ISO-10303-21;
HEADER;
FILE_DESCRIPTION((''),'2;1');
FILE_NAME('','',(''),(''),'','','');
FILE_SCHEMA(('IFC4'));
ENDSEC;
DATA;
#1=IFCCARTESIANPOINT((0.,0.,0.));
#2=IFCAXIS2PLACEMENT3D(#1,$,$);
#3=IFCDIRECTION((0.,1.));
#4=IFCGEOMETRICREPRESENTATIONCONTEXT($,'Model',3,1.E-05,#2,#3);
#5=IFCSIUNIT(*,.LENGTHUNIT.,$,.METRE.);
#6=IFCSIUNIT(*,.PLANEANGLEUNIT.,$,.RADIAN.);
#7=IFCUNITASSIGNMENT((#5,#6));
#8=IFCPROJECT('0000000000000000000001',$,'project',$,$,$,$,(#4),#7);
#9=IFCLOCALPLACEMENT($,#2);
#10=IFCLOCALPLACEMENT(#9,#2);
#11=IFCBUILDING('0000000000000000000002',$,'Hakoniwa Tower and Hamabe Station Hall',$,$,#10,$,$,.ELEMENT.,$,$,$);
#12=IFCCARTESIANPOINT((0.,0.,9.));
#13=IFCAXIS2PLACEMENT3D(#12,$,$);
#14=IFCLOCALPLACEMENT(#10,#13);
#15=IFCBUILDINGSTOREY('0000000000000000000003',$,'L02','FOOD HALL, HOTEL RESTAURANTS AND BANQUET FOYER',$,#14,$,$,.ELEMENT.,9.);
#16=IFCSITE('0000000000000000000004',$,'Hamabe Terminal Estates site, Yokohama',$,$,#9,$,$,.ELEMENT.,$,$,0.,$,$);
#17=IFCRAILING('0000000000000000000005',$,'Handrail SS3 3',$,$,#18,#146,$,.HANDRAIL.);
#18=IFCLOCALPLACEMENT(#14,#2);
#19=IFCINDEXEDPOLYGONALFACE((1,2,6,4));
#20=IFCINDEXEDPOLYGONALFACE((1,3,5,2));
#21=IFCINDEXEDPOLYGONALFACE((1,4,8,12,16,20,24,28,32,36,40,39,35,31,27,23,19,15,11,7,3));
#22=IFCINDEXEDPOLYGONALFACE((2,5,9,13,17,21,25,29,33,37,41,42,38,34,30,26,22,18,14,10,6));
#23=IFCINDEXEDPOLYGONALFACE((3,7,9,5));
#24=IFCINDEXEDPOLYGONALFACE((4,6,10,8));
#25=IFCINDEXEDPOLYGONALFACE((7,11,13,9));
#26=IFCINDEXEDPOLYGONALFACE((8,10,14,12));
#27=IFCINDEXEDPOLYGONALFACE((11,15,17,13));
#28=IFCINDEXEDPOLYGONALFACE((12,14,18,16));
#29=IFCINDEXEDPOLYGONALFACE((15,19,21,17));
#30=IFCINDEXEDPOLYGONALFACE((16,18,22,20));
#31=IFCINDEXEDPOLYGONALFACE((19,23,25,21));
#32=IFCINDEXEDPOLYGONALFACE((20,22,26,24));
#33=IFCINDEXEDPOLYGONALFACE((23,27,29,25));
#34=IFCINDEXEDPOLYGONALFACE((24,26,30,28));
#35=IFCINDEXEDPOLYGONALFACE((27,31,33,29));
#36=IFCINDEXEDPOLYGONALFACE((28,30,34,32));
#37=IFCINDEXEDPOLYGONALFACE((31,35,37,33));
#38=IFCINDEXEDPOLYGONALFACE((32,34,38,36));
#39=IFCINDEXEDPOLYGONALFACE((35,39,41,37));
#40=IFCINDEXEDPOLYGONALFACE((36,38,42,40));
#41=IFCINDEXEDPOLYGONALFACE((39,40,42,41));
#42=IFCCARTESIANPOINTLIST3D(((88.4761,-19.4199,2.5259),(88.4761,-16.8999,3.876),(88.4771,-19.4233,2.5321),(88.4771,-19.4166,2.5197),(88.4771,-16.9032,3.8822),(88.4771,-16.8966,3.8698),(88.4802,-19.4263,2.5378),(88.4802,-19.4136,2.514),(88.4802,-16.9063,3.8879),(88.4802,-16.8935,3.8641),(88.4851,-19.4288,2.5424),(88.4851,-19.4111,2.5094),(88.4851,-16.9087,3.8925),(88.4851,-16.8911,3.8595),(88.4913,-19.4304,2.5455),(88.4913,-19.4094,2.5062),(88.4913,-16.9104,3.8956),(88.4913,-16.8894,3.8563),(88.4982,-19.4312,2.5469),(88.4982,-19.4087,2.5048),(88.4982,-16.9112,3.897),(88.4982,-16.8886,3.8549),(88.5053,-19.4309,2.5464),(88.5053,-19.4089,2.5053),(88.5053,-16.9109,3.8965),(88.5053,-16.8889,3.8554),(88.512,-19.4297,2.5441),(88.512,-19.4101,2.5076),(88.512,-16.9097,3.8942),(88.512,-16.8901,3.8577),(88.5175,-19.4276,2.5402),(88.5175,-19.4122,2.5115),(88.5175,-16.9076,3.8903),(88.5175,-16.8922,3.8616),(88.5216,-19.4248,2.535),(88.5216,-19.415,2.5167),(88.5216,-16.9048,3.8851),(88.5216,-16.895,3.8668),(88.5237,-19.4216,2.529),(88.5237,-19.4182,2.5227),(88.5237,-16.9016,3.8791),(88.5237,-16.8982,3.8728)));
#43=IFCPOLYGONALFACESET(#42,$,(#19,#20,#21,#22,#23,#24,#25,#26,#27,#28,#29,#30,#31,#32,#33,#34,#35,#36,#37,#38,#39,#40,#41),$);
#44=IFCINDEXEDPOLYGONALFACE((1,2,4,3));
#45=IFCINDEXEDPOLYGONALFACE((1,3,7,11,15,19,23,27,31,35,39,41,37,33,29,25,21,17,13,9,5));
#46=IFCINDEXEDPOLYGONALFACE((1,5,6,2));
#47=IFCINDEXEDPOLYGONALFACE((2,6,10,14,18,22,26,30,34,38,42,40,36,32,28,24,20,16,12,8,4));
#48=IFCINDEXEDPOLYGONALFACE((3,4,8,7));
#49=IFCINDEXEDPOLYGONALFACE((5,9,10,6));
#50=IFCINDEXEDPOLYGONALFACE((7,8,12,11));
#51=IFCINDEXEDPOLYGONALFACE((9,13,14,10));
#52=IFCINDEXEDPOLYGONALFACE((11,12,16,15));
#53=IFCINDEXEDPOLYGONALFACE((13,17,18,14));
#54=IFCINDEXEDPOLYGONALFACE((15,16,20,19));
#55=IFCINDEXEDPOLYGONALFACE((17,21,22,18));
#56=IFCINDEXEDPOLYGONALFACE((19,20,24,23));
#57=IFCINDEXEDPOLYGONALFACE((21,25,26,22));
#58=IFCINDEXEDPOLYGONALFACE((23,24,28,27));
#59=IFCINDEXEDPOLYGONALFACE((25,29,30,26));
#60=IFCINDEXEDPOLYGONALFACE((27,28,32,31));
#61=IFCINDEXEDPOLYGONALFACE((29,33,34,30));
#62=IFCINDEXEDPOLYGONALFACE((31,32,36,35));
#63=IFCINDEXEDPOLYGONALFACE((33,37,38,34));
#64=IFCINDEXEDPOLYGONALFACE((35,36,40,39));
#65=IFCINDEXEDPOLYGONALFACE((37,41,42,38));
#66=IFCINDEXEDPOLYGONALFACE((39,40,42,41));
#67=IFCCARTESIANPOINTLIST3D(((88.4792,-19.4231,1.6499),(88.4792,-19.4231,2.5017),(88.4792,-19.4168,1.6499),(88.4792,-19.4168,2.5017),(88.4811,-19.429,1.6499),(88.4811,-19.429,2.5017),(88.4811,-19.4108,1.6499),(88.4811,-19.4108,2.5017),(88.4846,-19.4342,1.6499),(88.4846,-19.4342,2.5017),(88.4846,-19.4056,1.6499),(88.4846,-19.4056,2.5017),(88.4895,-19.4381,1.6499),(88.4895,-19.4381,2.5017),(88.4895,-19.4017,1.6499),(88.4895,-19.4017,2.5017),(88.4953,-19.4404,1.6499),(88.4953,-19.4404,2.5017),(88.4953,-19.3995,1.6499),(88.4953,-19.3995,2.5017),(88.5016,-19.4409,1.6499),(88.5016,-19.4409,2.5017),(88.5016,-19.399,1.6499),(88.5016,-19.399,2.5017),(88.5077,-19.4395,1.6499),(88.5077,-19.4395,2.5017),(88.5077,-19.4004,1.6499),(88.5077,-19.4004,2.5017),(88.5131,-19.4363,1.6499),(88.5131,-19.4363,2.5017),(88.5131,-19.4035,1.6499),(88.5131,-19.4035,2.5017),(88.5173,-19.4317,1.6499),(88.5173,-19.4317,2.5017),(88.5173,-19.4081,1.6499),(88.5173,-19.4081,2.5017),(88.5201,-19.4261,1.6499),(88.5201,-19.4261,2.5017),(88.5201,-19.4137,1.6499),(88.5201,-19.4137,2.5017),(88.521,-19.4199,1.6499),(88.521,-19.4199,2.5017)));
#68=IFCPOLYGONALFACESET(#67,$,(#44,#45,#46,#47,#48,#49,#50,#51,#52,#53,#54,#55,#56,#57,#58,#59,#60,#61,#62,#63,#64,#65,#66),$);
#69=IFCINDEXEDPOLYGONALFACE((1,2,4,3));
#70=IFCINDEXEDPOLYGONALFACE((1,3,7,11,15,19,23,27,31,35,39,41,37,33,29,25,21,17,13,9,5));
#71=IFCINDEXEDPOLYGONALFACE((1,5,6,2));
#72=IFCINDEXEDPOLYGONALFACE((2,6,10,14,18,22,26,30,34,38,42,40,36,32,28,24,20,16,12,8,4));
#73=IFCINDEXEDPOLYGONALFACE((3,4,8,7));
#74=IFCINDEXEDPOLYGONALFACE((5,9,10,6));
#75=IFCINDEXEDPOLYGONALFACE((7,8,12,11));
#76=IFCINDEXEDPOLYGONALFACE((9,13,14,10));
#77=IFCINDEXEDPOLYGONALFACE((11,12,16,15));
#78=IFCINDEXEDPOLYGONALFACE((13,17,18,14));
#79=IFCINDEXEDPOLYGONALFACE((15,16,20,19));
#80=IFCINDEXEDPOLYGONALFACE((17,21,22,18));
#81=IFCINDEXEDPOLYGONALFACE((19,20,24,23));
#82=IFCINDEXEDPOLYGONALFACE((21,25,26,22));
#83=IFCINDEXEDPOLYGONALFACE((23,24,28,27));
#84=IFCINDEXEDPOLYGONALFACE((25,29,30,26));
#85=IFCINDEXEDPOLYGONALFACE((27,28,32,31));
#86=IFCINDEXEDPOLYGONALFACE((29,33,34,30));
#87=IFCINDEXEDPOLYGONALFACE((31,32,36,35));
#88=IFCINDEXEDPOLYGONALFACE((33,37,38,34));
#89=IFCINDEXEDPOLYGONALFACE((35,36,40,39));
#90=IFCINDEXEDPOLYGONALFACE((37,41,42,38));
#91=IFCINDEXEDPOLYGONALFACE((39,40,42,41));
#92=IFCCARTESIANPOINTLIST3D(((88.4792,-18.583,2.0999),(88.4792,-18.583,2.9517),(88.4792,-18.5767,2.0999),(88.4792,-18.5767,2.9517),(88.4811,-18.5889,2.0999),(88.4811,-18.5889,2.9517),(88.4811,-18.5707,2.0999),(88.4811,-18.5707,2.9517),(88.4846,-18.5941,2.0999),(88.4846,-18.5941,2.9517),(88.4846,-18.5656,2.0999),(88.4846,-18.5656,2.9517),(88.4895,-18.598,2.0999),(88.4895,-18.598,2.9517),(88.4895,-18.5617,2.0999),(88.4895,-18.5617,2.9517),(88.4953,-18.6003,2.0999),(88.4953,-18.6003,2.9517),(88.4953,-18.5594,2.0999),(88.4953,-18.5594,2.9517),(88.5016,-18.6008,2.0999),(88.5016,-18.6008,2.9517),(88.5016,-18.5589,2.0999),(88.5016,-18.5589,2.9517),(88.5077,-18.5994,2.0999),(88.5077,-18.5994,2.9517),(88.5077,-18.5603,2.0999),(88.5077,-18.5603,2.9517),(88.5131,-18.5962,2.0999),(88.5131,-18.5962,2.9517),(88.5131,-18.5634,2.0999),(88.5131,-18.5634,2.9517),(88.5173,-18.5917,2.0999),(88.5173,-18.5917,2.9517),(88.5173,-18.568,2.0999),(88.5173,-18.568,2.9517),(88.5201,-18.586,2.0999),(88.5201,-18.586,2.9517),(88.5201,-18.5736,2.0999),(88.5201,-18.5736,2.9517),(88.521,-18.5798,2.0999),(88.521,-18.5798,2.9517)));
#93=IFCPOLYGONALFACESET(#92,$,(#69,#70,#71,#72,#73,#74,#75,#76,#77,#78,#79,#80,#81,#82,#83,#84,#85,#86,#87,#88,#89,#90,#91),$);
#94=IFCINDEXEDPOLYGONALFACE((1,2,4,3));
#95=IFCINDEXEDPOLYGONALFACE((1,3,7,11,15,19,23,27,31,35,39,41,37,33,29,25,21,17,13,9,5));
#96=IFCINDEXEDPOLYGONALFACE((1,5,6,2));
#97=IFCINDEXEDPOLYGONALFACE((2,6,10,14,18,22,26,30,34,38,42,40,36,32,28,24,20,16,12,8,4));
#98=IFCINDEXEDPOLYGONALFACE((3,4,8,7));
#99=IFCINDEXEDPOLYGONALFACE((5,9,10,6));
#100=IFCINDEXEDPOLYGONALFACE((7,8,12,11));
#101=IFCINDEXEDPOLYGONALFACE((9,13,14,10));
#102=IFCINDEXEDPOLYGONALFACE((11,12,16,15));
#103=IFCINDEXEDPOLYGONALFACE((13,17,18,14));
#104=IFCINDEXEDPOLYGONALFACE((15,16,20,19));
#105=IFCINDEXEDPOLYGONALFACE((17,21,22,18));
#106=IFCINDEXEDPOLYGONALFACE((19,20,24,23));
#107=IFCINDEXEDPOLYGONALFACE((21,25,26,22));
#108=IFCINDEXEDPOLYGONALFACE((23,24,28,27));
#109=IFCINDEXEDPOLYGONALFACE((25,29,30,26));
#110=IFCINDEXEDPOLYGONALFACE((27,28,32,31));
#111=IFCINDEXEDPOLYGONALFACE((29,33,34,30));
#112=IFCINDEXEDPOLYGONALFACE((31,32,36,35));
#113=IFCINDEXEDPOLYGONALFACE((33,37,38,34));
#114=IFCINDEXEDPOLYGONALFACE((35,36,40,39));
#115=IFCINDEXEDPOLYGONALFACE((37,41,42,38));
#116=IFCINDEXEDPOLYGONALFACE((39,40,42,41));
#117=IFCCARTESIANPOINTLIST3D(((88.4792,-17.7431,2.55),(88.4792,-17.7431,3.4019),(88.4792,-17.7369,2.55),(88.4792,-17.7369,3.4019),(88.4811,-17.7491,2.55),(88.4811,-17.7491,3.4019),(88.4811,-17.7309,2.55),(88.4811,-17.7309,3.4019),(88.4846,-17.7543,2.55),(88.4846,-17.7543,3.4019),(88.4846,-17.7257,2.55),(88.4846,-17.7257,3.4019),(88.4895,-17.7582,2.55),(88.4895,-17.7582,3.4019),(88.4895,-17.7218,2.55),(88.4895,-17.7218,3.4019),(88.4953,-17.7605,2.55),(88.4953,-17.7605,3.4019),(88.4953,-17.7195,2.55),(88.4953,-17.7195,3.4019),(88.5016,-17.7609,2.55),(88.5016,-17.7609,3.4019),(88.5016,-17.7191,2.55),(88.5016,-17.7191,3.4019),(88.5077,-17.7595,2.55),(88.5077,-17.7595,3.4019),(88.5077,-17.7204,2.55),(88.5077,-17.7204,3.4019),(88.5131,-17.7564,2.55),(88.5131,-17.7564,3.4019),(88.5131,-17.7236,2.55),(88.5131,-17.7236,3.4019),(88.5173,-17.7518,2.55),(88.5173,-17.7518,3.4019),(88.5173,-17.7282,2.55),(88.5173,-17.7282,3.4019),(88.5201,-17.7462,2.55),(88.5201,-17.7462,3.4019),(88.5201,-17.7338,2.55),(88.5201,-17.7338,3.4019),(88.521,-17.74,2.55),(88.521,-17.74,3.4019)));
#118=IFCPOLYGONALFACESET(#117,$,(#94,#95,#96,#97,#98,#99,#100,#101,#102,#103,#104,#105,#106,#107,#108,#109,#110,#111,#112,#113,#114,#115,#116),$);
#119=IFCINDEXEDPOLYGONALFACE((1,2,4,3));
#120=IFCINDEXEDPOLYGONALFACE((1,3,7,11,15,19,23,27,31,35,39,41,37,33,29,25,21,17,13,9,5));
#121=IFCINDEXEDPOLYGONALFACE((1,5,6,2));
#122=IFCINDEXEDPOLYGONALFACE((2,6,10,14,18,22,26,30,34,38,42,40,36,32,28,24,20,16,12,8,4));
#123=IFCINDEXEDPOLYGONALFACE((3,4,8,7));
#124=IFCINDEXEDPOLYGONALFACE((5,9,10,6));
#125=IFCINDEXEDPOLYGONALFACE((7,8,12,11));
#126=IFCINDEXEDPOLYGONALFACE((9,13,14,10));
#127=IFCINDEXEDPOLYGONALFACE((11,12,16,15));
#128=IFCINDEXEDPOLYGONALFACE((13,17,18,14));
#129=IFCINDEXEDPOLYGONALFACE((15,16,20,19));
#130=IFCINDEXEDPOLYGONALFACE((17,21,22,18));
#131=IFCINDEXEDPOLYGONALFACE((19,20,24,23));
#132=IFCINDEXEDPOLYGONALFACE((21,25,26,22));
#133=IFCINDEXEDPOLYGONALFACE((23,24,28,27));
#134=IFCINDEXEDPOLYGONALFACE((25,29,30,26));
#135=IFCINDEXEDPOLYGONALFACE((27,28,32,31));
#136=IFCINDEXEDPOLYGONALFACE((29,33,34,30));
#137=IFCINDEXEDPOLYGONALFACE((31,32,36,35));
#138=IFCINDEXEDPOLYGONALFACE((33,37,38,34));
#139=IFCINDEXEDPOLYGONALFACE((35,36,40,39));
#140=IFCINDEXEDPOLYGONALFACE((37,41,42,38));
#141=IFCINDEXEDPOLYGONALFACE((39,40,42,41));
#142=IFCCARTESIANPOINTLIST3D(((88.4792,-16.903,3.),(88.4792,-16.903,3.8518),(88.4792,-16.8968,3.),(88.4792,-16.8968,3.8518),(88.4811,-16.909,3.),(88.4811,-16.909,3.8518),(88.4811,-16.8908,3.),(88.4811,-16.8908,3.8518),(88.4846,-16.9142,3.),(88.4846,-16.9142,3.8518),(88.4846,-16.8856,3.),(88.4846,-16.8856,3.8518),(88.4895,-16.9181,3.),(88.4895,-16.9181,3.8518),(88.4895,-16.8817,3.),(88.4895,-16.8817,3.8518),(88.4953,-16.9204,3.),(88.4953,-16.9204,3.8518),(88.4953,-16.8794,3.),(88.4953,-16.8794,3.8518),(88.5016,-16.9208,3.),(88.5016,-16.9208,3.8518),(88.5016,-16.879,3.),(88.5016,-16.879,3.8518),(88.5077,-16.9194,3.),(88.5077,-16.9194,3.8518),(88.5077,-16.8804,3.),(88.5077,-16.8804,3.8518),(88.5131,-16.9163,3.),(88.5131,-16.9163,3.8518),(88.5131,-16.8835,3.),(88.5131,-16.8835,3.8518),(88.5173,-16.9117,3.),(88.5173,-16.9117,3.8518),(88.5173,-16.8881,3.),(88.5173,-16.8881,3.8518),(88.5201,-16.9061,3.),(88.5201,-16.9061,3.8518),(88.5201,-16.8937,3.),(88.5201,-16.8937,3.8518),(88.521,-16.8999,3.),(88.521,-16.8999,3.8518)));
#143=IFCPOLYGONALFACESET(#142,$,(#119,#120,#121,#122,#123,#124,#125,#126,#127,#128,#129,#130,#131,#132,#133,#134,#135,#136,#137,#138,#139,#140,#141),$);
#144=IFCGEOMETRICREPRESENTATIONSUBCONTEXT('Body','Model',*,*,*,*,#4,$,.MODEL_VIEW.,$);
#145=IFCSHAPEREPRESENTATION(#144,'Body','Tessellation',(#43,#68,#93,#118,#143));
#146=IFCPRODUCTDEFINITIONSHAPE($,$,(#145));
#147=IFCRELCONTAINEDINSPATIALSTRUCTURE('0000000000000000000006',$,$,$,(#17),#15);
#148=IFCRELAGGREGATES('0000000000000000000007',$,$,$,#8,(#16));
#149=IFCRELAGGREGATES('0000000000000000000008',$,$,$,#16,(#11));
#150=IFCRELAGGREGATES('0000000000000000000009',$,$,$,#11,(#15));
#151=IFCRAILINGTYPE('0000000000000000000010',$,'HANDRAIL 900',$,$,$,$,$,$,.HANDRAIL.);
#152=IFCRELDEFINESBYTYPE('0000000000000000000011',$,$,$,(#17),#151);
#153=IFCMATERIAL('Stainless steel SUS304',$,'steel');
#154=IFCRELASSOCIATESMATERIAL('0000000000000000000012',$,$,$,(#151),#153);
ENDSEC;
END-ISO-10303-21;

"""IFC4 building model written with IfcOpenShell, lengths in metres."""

from ifc_helpers import new_model, si_unit, direction, frame, origin, origin_2d, place, context, subcontext, project, spatial, circle, extrude, material, type_object, element, save


model = new_model("IFC4")

# Units and contexts
model_context = context("Model", 3, precision=1e-05, world=origin(), true_north=direction((0.0, 1.0)))
body_context = subcontext(model_context, "Body", "Model", "MODEL_VIEW")
ifc_project = project(units=[si_unit("LENGTHUNIT", "METRE"), si_unit("PLANEANGLEUNIT", "RADIAN")], contexts=[model_context])

# Site, building, storey
site_placement = place(None, origin())
site = spatial("IfcSite", under=ifc_project, at=site_placement, Name="Hamabe Terminal Estates site, Yokohama", CompositionType="ELEMENT", RefElevation=0.0)
building_placement = place(site_placement, origin())
building = spatial("IfcBuilding", under=site, at=building_placement, Name="Hakoniwa Tower and Hamabe Station Hall", CompositionType="ELEMENT")
storey_placement = place(building_placement, frame((0.0, 0.0, 9.0)))
storey = spatial("IfcBuildingStorey", under=building, at=storey_placement, Name="L02", Description="FOOD HALL, HOTEL RESTAURANTS AND BANQUET FOYER", CompositionType="ELEMENT", Elevation=9.0)

# Railing
ifc_material_1 = material(Name="Stainless steel SUS304", Category="steel")
railing_type_1 = type_object("IfcRailingType", Name="HANDRAIL 900", PredefinedType="HANDRAIL", material=ifc_material_1)
for number, where, name in (
    (1, (88.5, -19.4199, 1.6499), "Handrail SS3 3"),
):
    element("IfcRailing", number, at=place(storey_placement, frame(where)), inside=storey, type_object=railing_type_1, Name=name, PredefinedType="HANDRAIL", context=body_context, shape_type="SweptSolid", body=[
        extrude(circle(Radius=0.0239, at=origin_2d()), frame((0.0, 0.0, 0.876), z_axis=(0.0, 0.881467, 0.472245), x_axis=(-1.0, 0.0, 0.0)), (0.0, 0.0, 1.0), 2.8589),
        extrude(circle(Radius=0.021, at=origin_2d()), origin(), (0.0, 0.0, 1.0), 0.8518),
        extrude(circle(Radius=0.021, at=origin_2d()), frame((0.0, 0.8401, 0.45)), (0.0, 0.0, 1.0), 0.8518),
        extrude(circle(Radius=0.021, at=origin_2d()), frame((0.0, 1.6799, 0.9001)), (0.0, 0.0, 1.0), 0.8518),
        extrude(circle(Radius=0.021, at=origin_2d()), frame((0.0, 2.52, 1.3501)), (0.0, 0.0, 1.0), 0.8518),
    ])

save(model, "model.ifc")
